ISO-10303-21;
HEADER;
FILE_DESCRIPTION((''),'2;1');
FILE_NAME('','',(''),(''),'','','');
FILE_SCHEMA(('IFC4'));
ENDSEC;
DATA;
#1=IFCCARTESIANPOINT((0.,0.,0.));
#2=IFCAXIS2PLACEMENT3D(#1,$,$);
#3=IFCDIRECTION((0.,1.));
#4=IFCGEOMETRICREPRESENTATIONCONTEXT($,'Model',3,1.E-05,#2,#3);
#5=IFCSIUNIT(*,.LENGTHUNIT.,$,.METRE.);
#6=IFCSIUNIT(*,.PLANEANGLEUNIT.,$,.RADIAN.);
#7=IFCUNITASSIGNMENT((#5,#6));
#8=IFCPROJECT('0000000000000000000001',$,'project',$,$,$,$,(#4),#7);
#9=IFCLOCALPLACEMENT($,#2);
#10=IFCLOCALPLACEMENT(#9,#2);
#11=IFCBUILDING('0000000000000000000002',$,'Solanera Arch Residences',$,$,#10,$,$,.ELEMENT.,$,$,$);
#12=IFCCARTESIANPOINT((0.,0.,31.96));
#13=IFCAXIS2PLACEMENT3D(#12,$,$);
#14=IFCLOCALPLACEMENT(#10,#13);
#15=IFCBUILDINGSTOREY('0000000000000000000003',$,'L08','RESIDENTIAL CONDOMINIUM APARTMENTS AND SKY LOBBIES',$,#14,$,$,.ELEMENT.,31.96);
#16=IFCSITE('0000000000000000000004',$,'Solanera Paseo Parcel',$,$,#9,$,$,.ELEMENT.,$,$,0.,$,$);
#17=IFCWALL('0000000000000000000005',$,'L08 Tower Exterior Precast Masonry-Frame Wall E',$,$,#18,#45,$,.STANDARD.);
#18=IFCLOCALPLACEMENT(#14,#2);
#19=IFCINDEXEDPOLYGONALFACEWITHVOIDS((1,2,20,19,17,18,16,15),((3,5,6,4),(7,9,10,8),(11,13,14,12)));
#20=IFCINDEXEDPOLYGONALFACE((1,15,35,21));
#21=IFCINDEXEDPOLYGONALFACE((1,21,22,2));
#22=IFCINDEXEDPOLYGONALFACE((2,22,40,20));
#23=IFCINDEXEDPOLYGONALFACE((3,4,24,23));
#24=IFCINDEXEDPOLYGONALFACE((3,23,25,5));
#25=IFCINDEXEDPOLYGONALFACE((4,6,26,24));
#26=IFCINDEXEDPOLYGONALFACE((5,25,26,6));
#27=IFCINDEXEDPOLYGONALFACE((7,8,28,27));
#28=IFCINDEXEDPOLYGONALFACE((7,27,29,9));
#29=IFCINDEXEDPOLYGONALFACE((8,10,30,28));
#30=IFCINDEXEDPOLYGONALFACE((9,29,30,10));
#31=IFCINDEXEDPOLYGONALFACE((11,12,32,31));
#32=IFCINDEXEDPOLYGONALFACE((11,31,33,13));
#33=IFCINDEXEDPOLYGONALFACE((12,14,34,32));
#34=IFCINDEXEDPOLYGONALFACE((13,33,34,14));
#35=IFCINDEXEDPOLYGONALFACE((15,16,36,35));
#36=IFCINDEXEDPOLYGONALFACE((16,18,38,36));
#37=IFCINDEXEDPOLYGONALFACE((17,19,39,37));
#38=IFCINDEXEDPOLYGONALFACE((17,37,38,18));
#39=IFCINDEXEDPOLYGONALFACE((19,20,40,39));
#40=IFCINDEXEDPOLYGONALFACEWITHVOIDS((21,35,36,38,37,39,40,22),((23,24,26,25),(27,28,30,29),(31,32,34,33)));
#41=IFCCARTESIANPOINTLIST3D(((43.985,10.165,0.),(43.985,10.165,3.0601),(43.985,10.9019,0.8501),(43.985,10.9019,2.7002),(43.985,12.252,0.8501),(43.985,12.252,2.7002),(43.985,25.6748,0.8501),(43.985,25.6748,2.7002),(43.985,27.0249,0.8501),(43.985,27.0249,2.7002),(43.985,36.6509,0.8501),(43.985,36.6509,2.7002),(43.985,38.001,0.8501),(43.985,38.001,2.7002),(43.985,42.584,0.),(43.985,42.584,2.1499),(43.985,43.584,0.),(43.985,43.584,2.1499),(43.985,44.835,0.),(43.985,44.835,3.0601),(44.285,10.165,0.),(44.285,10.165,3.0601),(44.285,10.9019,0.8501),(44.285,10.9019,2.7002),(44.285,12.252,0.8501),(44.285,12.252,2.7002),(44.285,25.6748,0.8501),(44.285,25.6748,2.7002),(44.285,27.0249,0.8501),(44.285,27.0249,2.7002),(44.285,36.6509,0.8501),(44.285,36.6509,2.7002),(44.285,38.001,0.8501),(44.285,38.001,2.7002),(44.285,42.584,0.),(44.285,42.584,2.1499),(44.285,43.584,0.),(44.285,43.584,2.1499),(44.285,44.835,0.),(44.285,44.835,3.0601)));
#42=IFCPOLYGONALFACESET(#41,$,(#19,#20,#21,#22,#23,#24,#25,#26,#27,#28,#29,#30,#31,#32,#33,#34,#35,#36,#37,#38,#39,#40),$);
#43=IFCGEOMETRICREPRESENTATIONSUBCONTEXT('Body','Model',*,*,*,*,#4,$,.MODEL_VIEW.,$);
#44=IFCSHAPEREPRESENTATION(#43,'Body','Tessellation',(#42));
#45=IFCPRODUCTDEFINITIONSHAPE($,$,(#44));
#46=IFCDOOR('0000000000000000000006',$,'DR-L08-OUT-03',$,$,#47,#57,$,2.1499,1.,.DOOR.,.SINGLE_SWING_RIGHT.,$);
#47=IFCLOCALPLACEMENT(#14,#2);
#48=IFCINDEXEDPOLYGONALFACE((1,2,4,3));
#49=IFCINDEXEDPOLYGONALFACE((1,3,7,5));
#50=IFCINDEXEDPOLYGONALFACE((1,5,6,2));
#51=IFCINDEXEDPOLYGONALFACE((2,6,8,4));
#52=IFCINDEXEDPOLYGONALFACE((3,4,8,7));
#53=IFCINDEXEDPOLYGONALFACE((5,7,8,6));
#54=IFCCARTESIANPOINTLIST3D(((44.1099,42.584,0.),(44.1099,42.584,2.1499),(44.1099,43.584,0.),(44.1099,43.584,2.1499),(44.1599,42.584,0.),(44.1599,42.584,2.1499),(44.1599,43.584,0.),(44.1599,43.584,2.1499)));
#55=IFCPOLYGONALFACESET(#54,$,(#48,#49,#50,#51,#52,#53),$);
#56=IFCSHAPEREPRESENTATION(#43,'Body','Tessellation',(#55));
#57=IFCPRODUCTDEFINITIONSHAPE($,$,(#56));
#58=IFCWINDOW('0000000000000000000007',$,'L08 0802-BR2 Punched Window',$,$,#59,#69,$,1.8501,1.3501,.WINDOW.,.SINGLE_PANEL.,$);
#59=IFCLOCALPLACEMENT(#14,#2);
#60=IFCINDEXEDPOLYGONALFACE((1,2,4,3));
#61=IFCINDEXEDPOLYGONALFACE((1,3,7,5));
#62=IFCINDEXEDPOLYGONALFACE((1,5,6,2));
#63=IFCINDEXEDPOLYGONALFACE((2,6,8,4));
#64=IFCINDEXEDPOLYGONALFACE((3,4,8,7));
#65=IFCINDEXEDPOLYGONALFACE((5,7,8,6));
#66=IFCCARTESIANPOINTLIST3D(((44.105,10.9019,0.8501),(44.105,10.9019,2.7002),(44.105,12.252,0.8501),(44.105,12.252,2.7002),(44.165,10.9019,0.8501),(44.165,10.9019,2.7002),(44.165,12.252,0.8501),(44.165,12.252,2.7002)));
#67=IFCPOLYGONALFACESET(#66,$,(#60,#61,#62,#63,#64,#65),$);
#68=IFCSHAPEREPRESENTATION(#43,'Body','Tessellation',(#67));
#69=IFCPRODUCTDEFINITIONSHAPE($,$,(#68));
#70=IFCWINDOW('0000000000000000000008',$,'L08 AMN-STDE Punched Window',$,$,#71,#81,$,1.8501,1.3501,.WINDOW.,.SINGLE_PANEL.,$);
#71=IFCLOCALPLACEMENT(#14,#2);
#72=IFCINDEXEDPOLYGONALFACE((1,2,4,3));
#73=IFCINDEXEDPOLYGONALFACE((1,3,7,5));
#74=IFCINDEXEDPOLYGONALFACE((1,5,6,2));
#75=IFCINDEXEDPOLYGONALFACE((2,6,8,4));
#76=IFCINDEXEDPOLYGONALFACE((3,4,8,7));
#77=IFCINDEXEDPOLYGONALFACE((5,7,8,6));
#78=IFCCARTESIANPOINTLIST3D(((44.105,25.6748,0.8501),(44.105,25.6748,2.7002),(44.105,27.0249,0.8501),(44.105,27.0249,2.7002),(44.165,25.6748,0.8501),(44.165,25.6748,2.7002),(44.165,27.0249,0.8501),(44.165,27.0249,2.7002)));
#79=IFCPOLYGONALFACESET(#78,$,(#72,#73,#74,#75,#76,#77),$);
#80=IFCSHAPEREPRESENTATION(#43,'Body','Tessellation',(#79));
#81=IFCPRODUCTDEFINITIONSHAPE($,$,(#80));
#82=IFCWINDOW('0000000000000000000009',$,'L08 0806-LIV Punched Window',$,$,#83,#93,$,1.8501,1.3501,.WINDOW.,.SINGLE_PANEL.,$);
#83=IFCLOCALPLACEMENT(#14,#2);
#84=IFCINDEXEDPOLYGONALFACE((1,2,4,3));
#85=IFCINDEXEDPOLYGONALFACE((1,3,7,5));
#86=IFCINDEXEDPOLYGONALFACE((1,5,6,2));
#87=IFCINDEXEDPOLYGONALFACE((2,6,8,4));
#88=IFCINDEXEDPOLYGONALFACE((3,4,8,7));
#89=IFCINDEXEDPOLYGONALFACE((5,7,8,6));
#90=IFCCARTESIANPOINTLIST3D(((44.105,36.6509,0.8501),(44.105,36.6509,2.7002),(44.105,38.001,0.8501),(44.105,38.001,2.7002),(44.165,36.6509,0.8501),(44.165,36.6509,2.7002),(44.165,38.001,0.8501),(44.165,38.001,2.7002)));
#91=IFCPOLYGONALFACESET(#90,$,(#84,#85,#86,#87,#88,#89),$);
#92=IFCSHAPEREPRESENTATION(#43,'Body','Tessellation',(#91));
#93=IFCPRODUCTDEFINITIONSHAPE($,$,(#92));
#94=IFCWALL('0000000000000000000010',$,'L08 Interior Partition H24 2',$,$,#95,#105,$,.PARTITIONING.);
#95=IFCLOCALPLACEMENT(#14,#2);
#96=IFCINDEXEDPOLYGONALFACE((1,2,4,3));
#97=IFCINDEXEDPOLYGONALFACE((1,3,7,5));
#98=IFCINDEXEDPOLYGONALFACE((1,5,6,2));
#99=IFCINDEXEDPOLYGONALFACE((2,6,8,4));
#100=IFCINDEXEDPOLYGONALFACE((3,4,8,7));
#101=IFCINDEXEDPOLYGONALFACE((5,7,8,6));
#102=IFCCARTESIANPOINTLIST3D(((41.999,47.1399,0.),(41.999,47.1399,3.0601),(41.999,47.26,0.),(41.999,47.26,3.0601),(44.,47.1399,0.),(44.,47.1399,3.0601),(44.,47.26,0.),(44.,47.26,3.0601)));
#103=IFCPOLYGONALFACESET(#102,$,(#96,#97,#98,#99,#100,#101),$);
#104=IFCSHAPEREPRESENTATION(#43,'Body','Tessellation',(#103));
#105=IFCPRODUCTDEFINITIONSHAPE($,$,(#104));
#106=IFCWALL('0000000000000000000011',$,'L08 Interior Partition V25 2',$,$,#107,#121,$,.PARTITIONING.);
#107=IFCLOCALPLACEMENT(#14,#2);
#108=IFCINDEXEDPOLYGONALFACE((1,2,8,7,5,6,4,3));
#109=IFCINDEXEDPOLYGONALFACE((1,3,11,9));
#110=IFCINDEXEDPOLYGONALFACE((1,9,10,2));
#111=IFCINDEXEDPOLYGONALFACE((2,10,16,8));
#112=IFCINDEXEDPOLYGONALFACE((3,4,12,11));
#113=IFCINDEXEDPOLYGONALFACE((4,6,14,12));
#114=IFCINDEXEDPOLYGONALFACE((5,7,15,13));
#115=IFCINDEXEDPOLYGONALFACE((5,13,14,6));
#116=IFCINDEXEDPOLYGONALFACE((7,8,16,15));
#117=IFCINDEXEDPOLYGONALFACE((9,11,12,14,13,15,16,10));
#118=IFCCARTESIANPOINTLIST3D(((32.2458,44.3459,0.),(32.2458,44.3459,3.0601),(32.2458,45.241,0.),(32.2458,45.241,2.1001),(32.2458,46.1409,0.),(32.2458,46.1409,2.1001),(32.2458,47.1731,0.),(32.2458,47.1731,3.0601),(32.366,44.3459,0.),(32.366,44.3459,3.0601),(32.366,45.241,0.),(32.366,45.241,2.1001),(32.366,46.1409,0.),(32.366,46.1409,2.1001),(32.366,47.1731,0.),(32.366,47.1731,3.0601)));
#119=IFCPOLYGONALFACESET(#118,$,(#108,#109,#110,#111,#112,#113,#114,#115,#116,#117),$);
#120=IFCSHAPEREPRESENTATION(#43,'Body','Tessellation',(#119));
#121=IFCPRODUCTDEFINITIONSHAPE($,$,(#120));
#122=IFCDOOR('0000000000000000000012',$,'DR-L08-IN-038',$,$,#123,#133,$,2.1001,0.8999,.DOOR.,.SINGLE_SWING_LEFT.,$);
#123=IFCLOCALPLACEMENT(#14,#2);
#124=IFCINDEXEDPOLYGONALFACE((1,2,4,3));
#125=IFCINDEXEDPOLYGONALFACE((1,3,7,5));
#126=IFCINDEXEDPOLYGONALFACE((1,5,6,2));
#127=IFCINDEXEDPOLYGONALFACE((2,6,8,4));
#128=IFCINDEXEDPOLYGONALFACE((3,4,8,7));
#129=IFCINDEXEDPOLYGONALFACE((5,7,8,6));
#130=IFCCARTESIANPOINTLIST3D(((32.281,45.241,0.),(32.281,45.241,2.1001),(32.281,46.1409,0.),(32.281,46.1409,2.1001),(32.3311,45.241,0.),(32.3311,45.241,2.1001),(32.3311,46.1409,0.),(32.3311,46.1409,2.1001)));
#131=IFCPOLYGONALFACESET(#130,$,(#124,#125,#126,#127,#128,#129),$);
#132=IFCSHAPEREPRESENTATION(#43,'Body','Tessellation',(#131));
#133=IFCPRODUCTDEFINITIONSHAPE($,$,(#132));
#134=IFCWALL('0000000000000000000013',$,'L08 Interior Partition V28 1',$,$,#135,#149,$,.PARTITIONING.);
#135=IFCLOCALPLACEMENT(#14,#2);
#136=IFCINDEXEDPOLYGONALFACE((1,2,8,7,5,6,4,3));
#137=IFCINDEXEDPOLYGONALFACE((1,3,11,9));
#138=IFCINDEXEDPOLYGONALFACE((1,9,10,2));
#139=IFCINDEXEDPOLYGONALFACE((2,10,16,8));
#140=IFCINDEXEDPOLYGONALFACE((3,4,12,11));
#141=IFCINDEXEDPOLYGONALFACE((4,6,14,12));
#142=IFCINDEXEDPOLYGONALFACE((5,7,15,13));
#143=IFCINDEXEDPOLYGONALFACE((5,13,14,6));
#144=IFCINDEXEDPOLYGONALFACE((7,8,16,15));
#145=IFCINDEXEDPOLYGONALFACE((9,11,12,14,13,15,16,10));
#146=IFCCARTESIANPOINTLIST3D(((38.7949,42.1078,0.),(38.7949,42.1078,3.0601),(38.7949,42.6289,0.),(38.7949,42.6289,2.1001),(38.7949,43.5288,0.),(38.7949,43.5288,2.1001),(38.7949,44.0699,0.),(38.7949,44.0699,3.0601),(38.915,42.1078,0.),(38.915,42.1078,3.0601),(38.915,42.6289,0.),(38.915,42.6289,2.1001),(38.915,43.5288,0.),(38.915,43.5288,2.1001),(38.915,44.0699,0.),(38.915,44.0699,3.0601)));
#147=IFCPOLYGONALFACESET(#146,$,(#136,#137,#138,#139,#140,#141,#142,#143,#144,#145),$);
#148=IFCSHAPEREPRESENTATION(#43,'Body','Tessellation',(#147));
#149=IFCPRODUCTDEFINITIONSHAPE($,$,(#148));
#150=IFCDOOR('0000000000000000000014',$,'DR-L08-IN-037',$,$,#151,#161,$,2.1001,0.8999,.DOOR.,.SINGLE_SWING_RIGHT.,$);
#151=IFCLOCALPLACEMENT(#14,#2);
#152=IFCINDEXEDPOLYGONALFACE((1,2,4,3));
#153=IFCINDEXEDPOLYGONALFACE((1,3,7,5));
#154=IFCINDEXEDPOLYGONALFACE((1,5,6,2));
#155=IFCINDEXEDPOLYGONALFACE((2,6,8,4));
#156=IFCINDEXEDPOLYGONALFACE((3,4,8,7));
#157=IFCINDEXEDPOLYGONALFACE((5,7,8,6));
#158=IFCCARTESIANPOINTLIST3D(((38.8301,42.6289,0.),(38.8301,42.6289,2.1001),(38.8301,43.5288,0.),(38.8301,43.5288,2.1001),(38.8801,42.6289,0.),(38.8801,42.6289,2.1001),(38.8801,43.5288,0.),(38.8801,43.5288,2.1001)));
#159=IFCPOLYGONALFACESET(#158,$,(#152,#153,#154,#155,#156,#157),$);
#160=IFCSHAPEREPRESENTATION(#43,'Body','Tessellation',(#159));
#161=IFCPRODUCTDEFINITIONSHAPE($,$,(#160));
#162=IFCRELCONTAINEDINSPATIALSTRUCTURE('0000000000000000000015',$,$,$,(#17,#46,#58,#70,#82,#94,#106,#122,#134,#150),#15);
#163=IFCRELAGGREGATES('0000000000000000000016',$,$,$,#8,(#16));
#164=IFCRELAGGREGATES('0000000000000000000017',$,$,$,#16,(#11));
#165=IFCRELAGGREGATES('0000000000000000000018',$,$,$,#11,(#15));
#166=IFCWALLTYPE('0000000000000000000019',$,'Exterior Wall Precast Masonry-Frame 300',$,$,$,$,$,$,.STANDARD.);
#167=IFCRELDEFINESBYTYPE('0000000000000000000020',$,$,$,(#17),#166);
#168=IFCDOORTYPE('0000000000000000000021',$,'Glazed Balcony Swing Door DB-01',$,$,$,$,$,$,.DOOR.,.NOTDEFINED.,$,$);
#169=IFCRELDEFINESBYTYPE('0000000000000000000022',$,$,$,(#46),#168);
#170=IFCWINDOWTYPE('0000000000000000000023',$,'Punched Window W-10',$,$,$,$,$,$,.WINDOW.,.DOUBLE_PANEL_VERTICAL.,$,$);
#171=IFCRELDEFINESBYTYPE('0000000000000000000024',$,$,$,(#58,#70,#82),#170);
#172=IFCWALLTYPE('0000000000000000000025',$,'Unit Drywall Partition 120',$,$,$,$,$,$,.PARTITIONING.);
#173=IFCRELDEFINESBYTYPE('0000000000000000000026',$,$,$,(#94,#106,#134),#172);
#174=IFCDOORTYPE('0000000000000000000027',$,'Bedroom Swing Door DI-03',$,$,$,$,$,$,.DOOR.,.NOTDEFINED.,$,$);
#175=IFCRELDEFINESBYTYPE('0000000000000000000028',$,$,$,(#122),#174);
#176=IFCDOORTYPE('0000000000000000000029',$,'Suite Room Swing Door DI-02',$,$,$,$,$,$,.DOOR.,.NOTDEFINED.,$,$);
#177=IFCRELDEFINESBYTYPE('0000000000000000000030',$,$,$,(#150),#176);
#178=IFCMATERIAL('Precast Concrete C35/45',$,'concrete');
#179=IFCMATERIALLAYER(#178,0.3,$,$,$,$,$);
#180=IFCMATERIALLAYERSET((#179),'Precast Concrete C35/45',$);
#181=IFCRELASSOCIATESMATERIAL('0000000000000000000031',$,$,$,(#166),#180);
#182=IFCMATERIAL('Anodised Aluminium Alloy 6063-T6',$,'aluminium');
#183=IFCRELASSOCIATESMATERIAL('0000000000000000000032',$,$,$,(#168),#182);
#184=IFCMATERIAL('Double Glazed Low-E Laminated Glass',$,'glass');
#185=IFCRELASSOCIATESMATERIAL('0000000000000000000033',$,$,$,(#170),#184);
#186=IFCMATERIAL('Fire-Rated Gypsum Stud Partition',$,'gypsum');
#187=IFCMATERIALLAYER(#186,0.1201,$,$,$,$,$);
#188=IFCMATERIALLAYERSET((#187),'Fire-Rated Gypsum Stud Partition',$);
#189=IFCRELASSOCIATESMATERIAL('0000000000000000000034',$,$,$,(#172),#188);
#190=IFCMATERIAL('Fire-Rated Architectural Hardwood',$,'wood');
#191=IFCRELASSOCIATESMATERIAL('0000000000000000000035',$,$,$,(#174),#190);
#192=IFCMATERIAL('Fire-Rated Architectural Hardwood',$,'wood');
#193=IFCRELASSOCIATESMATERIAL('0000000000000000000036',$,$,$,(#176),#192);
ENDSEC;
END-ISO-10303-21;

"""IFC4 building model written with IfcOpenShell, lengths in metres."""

from ifc_helpers import new_model, si_unit, direction, frame, frame_2d, origin, place, context, subcontext, project, spatial, rectangle, extrude, material, layer, layer_set, type_object, element, fill, save


model = new_model("IFC4")

# Units and contexts
model_context = context("Model", 3, precision=1e-05, world=origin(), true_north=direction((0.0, 1.0)))
body_context = subcontext(model_context, "Body", "Model", "MODEL_VIEW")
ifc_project = project(units=[si_unit("LENGTHUNIT", "METRE"), si_unit("PLANEANGLEUNIT", "RADIAN")], contexts=[model_context])

# Site, building, storey
site_placement = place(None, origin())
site = spatial("IfcSite", under=ifc_project, at=site_placement, Name="Solanera Paseo Parcel", CompositionType="ELEMENT", RefElevation=0.0)
building_placement = place(site_placement, origin())
building = spatial("IfcBuilding", under=site, at=building_placement, Name="Solanera Arch Residences", CompositionType="ELEMENT")
storey_placement = place(building_placement, frame((0.0, 0.0, 31.96)))
storey = spatial("IfcBuildingStorey", under=building, at=storey_placement, Name="L08", Description="RESIDENTIAL CONDOMINIUM APARTMENTS AND SKY LOBBIES", CompositionType="ELEMENT", Elevation=31.96)

# Shared definitions
ifc_material_1 = material(Name="Precast Concrete C35/45", Category="concrete")
ifc_layer_1 = layer(ifc_material_1, 0.3)
ifc_layer_set_1 = layer_set([ifc_layer_1], Name="Precast Concrete C35/45")
wall_type_1 = type_object("IfcWallType", Name="Exterior Wall Precast Masonry-Frame 300", PredefinedType="STANDARD", material=ifc_layer_set_1)

# Wall, openings, door, windows
wall_1_placement = place(storey_placement, frame((44.135, 44.835, 0.0), z_axis=(0.0, 0.0, 1.0), x_axis=(0.0, -1.0, 0.0)))
wall_1 = element("IfcWall", 1, at=wall_1_placement, inside=storey, type_object=wall_type_1, Name="L08 Tower Exterior Precast Masonry-Frame Wall E", PredefinedType="STANDARD", context=body_context, shape_type="SweptSolid", body=[
    extrude(rectangle(XDim=34.6699, YDim=0.3, at=frame_2d((17.335, 0.0))), origin(), (0.0, 0.0, 1.0), 3.0601),
])
opening_1_placement = place(wall_1_placement, frame((1.251, 0.0, 0.0)))
opening_1 = element("IfcOpeningElement", 2, at=opening_1_placement, cuts=wall_1, PredefinedType="OPENING", context=body_context, shape_type="SweptSolid", body=[
    extrude(rectangle(XDim=1.0, YDim=2.1499, at=frame_2d((0.5, 1.075))), frame((0.0, 0.1599, 0.0), z_axis=(0.0, -1.0, 0.0), x_axis=(1.0, 0.0, 0.0)), (0.0, 0.0, 1.0), 0.32),
])
opening_2_placement = place(wall_1_placement, frame((32.583, 0.0, 0.8501)))
opening_2 = element("IfcOpeningElement", 3, at=opening_2_placement, cuts=wall_1, PredefinedType="OPENING", context=body_context, shape_type="SweptSolid", body=[
    extrude(rectangle(XDim=1.3501, YDim=1.8501, at=frame_2d((0.675, 0.925))), frame((0.0, 0.1599, 0.0), z_axis=(0.0, -1.0, 0.0), x_axis=(1.0, 0.0, 0.0)), (0.0, 0.0, 1.0), 0.32),
])
opening_3_placement = place(wall_1_placement, frame((17.8101, 0.0, 0.8501)))
opening_3 = element("IfcOpeningElement", 4, at=opening_3_placement, cuts=wall_1, PredefinedType="OPENING", context=body_context, shape_type="SweptSolid", body=[
    extrude(rectangle(XDim=1.3501, YDim=1.8501, at=frame_2d((0.675, 0.925))), frame((0.0, 0.1599, 0.0), z_axis=(0.0, -1.0, 0.0), x_axis=(1.0, 0.0, 0.0)), (0.0, 0.0, 1.0), 0.32),
])
opening_4_placement = place(wall_1_placement, frame((6.834, 0.0, 0.8501)))
opening_4 = element("IfcOpeningElement", 5, at=opening_4_placement, cuts=wall_1, PredefinedType="OPENING", context=body_context, shape_type="SweptSolid", body=[
    extrude(rectangle(XDim=1.3501, YDim=1.8501, at=frame_2d((0.675, 0.925))), frame((0.0, 0.1599, 0.0), z_axis=(0.0, -1.0, 0.0), x_axis=(1.0, 0.0, 0.0)), (0.0, 0.0, 1.0), 0.32),
])
ifc_material_2 = material(Name="Anodised Aluminium Alloy 6063-T6", Category="aluminium")
door_type_1 = type_object("IfcDoorType", Name="Glazed Balcony Swing Door DB-01", OperationType="NOTDEFINED", PredefinedType="DOOR", material=ifc_material_2)
door_1_placement = place(opening_1_placement, origin())
door_1 = element("IfcDoor", 6, at=door_1_placement, inside=storey, type_object=door_type_1, Name="DR-L08-OUT-03", OperationType="SINGLE_SWING_RIGHT", OverallHeight=2.1499, OverallWidth=1.0, PredefinedType="DOOR", context=body_context, shape_type="SweptSolid", body=[
    extrude(rectangle(XDim=1.0, YDim=2.1499, at=frame_2d((0.5, 1.075))), frame((0.0, 0.0249, 0.0), z_axis=(0.0, -1.0, 0.0), x_axis=(1.0, 0.0, 0.0)), (0.0, 0.0, 1.0), 0.05),
])
fill(opening_1, door_1)
ifc_material_3 = material(Name="Double Glazed Low-E Laminated Glass", Category="glass")
window_type = type_object("IfcWindowType", Name="Punched Window W-10", PartitioningType="DOUBLE_PANEL_VERTICAL", PredefinedType="WINDOW", material=ifc_material_3)
window_1_placement = place(opening_2_placement, origin())
window_1 = element("IfcWindow", 7, at=window_1_placement, inside=storey, type_object=window_type, Name="L08 0802-BR2 Punched Window", OverallHeight=1.8501, OverallWidth=1.3501, PartitioningType="SINGLE_PANEL", PredefinedType="WINDOW", context=body_context, shape_type="SweptSolid", body=[
    extrude(rectangle(XDim=1.3501, YDim=1.8501, at=frame_2d((0.675, 0.925))), frame((0.0, 0.03, 0.0), z_axis=(0.0, -1.0, 0.0), x_axis=(1.0, 0.0, 0.0)), (0.0, 0.0, 1.0), 0.0601),
])
fill(opening_2, window_1)
window_2_placement = place(opening_3_placement, origin())
window_2 = element("IfcWindow", 8, at=window_2_placement, inside=storey, type_object=window_type, Name="L08 AMN-STDE Punched Window", OverallHeight=1.8501, OverallWidth=1.3501, PartitioningType="SINGLE_PANEL", PredefinedType="WINDOW", context=body_context, shape_type="SweptSolid", body=[
    extrude(rectangle(XDim=1.3501, YDim=1.8501, at=frame_2d((0.675, 0.925))), frame((0.0, 0.03, 0.0), z_axis=(0.0, -1.0, 0.0), x_axis=(1.0, 0.0, 0.0)), (0.0, 0.0, 1.0), 0.0601),
])
fill(opening_3, window_2)
window_3_placement = place(opening_4_placement, origin())
window_3 = element("IfcWindow", 9, at=window_3_placement, inside=storey, type_object=window_type, Name="L08 0806-LIV Punched Window", OverallHeight=1.8501, OverallWidth=1.3501, PartitioningType="SINGLE_PANEL", PredefinedType="WINDOW", context=body_context, shape_type="SweptSolid", body=[
    extrude(rectangle(XDim=1.3501, YDim=1.8501, at=frame_2d((0.675, 0.925))), frame((0.0, 0.03, 0.0), z_axis=(0.0, -1.0, 0.0), x_axis=(1.0, 0.0, 0.0)), (0.0, 0.0, 1.0), 0.0601),
])
fill(opening_4, window_3)

# Wall
ifc_material_4 = material(Name="Fire-Rated Gypsum Stud Partition", Category="gypsum")
ifc_layer_2 = layer(ifc_material_4, 0.1201)
ifc_layer_set_2 = layer_set([ifc_layer_2], Name="Fire-Rated Gypsum Stud Partition")
wall_type_2 = type_object("IfcWallType", Name="Unit Drywall Partition 120", PredefinedType="PARTITIONING", material=ifc_layer_set_2)
wall_2_placement = place(storey_placement, frame((41.999, 47.2, 0.0), z_axis=(0.0, 0.0, 1.0), x_axis=(1.0, 0.0, 0.0)))
element("IfcWall", 10, at=wall_2_placement, inside=storey, type_object=wall_type_2, Name="L08 Interior Partition H24 2", PredefinedType="PARTITIONING", context=body_context, shape_type="SweptSolid", body=[
    extrude(rectangle(XDim=2.001, YDim=0.1201, at=frame_2d((1.0005, 0.0))), origin(), (0.0, 0.0, 1.0), 3.0601),
])

# Walls, openings, doors
wall_3_placement = place(storey_placement, frame((32.3059, 44.3459, 0.0), z_axis=(0.0, 0.0, 1.0), x_axis=(0.0, 1.0, 0.0)))
wall_3 = element("IfcWall", 11, at=wall_3_placement, inside=storey, type_object=wall_type_2, Name="L08 Interior Partition V25 2", PredefinedType="PARTITIONING", context=body_context, shape_type="SweptSolid", body=[
    extrude(rectangle(XDim=2.8271, YDim=0.1201, at=frame_2d((1.4136, 0.0))), origin(), (0.0, 0.0, 1.0), 3.0601),
])
opening_5_placement = place(wall_3_placement, frame((0.895, 0.0, 0.0)))
opening_5 = element("IfcOpeningElement", 12, at=opening_5_placement, cuts=wall_3, PredefinedType="OPENING", context=body_context, shape_type="SweptSolid", body=[
    extrude(rectangle(XDim=0.8999, YDim=2.1001, at=frame_2d((0.45, 1.05))), frame((0.0, 0.0701, 0.0), z_axis=(0.0, -1.0, 0.0), x_axis=(1.0, 0.0, 0.0)), (0.0, 0.0, 1.0), 0.1401),
])
ifc_material_5 = material(Name="Fire-Rated Architectural Hardwood", Category="wood")
door_type_2 = type_object("IfcDoorType", Name="Bedroom Swing Door DI-03", OperationType="NOTDEFINED", PredefinedType="DOOR", material=ifc_material_5)
door_2_placement = place(opening_5_placement, origin())
door_2 = element("IfcDoor", 13, at=door_2_placement, inside=storey, type_object=door_type_2, Name="DR-L08-IN-038", OperationType="SINGLE_SWING_LEFT", OverallHeight=2.1001, OverallWidth=0.8999, PredefinedType="DOOR", context=body_context, shape_type="SweptSolid", body=[
    extrude(rectangle(XDim=0.8999, YDim=2.1001, at=frame_2d((0.45, 1.05))), frame((0.0, 0.0249, 0.0), z_axis=(0.0, -1.0, 0.0), x_axis=(1.0, 0.0, 0.0)), (0.0, 0.0, 1.0), 0.05),
])
fill(opening_5, door_2)
wall_4_placement = place(storey_placement, frame((38.855, 42.1079, 0.0), z_axis=(0.0, 0.0, 1.0), x_axis=(0.0, 1.0, 0.0)))
wall_4 = element("IfcWall", 14, at=wall_4_placement, inside=storey, type_object=wall_type_2, Name="L08 Interior Partition V28 1", PredefinedType="PARTITIONING", context=body_context, shape_type="SweptSolid", body=[
    extrude(rectangle(XDim=1.9622, YDim=0.1201, at=frame_2d((0.981, 0.0))), origin(), (0.0, 0.0, 1.0), 3.0601),
])
opening_6_placement = place(wall_4_placement, frame((0.521, 0.0, 0.0)))
opening_6 = element("IfcOpeningElement", 15, at=opening_6_placement, cuts=wall_4, PredefinedType="OPENING", context=body_context, shape_type="SweptSolid", body=[
    extrude(rectangle(XDim=0.8999, YDim=2.1001, at=frame_2d((0.45, 1.05))), frame((0.0, 0.0701, 0.0), z_axis=(0.0, -1.0, 0.0), x_axis=(1.0, 0.0, 0.0)), (0.0, 0.0, 1.0), 0.1401),
])
ifc_material_6 = material(Name="Fire-Rated Architectural Hardwood", Category="wood")
door_type_3 = type_object("IfcDoorType", Name="Suite Room Swing Door DI-02", OperationType="NOTDEFINED", PredefinedType="DOOR", material=ifc_material_6)
door_3_placement = place(opening_6_placement, origin())
door_3 = element("IfcDoor", 16, at=door_3_placement, inside=storey, type_object=door_type_3, Name="DR-L08-IN-037", OperationType="SINGLE_SWING_RIGHT", OverallHeight=2.1001, OverallWidth=0.8999, PredefinedType="DOOR", context=body_context, shape_type="SweptSolid", body=[
    extrude(rectangle(XDim=0.8999, YDim=2.1001, at=frame_2d((0.45, 1.05))), frame((0.0, 0.0249, 0.0), z_axis=(0.0, -1.0, 0.0), x_axis=(1.0, 0.0, 0.0)), (0.0, 0.0, 1.0), 0.05),
])
fill(opening_6, door_3)

save(model, "model.ifc")
